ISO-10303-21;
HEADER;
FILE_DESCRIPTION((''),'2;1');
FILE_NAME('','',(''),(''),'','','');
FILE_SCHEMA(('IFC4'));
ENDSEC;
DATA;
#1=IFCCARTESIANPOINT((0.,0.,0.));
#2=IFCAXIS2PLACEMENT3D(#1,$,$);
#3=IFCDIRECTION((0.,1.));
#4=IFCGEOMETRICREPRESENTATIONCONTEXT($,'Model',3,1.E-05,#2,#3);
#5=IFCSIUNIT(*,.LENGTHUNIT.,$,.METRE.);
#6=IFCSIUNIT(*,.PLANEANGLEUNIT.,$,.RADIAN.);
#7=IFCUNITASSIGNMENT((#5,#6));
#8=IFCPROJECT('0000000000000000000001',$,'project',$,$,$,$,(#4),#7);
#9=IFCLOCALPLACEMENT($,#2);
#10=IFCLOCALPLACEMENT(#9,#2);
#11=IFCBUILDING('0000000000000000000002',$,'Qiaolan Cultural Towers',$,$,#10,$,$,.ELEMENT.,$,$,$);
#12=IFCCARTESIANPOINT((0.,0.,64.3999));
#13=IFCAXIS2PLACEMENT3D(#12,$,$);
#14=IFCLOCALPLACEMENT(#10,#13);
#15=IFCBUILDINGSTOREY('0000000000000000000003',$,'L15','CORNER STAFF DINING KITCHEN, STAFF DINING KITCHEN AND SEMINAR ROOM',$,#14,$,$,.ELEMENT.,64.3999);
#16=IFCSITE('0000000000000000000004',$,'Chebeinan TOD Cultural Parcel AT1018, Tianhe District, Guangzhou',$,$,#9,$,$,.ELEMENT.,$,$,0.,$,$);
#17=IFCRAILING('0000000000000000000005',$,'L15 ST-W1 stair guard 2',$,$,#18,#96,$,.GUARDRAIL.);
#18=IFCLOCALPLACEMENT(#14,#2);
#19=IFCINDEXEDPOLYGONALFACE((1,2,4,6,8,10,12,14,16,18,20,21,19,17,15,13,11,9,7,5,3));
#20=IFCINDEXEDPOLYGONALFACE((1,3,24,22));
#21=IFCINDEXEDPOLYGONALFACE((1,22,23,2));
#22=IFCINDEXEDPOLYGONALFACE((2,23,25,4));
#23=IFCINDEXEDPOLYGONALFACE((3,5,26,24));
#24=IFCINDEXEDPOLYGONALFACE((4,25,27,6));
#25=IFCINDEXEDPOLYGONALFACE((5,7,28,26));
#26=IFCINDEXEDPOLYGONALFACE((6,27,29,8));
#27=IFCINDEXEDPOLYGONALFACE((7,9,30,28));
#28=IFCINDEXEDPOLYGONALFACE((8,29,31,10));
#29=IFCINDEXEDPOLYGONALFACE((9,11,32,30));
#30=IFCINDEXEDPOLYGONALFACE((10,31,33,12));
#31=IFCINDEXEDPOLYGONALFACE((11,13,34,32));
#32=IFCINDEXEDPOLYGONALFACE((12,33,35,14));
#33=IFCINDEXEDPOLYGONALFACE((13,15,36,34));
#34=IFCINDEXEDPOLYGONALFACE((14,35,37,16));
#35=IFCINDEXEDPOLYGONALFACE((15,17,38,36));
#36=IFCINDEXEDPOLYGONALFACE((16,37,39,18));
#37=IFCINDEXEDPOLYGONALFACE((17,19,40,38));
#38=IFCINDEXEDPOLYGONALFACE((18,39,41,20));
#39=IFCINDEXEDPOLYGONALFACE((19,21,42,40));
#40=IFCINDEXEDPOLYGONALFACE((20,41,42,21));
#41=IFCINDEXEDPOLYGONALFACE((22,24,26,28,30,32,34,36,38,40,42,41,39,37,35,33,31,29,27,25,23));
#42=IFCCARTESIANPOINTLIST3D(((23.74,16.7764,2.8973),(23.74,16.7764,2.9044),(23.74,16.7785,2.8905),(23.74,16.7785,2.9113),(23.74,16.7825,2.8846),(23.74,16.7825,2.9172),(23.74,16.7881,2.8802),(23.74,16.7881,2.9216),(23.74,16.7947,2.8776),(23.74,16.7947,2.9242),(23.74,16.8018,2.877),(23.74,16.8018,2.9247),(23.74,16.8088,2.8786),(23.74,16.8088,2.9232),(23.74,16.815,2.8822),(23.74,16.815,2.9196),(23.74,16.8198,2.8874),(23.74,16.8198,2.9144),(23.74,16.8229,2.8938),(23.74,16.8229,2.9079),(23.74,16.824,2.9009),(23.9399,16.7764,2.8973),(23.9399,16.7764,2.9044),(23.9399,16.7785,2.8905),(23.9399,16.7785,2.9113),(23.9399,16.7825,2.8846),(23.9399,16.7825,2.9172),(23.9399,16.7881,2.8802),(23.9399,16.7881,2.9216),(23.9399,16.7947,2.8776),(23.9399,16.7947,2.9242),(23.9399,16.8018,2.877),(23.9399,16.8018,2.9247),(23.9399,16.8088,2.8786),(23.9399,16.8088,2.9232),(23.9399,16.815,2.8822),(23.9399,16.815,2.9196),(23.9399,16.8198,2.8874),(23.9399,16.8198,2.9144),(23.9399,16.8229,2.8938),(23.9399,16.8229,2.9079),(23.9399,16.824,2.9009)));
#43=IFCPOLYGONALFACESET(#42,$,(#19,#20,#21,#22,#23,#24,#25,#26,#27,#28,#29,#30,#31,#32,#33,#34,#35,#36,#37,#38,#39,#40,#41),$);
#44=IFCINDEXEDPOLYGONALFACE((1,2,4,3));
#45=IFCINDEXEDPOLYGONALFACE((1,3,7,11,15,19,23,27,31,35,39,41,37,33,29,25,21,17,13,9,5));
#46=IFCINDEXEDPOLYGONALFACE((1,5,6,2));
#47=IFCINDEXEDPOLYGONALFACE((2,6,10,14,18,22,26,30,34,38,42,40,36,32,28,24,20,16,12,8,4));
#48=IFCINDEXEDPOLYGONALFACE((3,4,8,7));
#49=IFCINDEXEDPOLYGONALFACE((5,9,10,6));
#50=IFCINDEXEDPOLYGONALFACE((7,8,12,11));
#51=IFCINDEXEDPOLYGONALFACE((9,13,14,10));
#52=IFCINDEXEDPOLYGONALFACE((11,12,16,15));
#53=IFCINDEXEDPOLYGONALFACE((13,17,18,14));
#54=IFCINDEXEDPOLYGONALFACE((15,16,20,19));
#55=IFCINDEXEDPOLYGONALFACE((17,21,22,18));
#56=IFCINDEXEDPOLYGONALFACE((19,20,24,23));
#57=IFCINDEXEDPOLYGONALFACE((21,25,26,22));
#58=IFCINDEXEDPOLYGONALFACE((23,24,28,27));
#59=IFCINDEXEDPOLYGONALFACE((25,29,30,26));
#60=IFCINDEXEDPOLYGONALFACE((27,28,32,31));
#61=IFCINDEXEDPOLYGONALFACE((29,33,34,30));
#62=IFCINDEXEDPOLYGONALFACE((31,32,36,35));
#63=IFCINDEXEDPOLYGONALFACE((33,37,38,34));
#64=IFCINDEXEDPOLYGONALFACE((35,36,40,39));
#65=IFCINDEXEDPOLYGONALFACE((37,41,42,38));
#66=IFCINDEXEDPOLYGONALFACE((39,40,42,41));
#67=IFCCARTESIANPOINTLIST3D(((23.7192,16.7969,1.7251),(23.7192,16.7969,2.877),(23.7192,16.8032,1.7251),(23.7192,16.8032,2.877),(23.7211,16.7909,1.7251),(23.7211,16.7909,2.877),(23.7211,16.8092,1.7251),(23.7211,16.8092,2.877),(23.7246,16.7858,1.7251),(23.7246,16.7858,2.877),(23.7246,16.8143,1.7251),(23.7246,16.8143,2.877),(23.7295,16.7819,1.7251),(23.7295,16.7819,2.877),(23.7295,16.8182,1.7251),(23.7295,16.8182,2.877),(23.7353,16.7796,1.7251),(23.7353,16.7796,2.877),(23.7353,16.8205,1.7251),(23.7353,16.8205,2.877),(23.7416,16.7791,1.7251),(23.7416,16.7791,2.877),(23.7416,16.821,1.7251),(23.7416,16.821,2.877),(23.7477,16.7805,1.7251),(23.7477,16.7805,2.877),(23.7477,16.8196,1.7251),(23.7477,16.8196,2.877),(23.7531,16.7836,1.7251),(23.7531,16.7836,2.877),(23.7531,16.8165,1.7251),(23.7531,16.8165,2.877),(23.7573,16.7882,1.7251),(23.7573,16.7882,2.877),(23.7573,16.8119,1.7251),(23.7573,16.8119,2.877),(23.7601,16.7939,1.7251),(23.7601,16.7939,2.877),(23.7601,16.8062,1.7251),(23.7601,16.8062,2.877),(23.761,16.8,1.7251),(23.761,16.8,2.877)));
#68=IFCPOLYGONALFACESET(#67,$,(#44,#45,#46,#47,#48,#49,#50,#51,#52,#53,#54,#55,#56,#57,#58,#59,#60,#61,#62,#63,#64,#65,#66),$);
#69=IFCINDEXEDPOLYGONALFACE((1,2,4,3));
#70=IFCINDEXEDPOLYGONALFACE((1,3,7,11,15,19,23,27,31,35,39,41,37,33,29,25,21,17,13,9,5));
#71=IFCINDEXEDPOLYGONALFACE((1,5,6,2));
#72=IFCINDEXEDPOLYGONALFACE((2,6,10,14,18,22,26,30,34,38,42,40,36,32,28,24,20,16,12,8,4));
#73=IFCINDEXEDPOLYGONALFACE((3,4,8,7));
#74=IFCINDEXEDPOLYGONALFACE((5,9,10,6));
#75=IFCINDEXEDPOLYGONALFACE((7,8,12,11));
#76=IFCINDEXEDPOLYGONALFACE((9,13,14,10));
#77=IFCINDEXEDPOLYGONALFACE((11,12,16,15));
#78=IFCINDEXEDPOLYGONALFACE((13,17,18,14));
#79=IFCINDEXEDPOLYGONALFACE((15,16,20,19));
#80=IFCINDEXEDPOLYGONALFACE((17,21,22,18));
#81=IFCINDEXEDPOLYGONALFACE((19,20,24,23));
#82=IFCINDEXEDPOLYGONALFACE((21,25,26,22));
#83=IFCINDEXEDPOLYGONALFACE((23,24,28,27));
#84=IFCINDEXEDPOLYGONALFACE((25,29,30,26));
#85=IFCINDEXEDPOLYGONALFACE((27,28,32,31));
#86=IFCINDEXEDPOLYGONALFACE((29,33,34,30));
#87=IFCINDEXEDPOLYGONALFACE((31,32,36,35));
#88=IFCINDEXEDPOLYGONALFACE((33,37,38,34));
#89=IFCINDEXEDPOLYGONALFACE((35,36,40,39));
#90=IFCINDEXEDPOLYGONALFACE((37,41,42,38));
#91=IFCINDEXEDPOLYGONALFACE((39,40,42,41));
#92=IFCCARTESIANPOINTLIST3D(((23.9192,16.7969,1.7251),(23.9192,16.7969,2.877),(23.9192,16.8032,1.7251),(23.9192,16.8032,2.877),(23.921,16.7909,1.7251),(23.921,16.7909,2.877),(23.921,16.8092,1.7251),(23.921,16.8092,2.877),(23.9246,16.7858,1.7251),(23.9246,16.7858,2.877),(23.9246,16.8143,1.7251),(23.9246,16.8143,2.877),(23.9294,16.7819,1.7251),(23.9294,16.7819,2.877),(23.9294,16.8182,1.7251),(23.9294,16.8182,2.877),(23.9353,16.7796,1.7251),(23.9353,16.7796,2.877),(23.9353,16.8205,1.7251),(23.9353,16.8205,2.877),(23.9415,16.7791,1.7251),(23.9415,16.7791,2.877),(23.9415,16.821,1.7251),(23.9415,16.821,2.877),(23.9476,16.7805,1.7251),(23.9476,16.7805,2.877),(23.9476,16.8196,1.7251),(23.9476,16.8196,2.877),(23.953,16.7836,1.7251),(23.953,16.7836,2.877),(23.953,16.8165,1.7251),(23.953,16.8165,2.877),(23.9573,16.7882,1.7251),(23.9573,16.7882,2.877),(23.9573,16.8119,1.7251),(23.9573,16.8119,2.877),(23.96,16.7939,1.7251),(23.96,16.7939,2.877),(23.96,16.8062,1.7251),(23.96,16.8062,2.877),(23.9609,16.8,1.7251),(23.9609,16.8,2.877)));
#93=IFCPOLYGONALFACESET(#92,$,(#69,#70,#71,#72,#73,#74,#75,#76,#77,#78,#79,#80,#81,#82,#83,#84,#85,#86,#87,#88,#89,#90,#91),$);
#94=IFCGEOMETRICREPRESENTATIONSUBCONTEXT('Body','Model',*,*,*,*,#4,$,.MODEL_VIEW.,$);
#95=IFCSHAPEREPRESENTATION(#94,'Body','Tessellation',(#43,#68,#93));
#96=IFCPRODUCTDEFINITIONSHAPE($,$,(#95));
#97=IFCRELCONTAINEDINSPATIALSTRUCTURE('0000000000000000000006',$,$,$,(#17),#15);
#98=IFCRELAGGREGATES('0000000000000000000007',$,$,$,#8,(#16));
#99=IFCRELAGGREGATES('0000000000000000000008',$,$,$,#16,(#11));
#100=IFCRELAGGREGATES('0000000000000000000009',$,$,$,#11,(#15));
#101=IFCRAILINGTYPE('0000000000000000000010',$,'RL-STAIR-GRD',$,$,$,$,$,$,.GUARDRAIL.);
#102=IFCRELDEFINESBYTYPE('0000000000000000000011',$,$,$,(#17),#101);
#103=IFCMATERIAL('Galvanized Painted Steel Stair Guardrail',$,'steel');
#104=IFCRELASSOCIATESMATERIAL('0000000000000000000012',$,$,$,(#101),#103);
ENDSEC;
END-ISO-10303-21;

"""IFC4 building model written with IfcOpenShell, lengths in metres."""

from ifc_helpers import new_model, si_unit, direction, frame, origin, origin_2d, place, context, subcontext, project, spatial, circle, extrude, material, type_object, element, save


model = new_model("IFC4")

# Units and contexts
model_context = context("Model", 3, precision=1e-05, world=origin(), true_north=direction((0.0, 1.0)))
body_context = subcontext(model_context, "Body", "Model", "MODEL_VIEW")
ifc_project = project(units=[si_unit("LENGTHUNIT", "METRE"), si_unit("PLANEANGLEUNIT", "RADIAN")], contexts=[model_context])

# Site, building, storey
site_placement = place(None, origin())
site = spatial("IfcSite", under=ifc_project, at=site_placement, Name="Chebeinan TOD Cultural Parcel AT1018, Tianhe District, Guangzhou", CompositionType="ELEMENT", RefElevation=0.0)
building_placement = place(site_placement, origin())
building = spatial("IfcBuilding", under=site, at=building_placement, Name="Qiaolan Cultural Towers", CompositionType="ELEMENT")
storey_placement = place(building_placement, frame((0.0, 0.0, 64.3999)))
storey = spatial("IfcBuildingStorey", under=building, at=storey_placement, Name="L15", Description="CORNER STAFF DINING KITCHEN, STAFF DINING KITCHEN AND SEMINAR ROOM", CompositionType="ELEMENT", Elevation=64.3999)

# Railing
ifc_material_1 = material(Name="Galvanized Painted Steel Stair Guardrail", Category="steel")
railing_type_1 = type_object("IfcRailingType", Name="RL-STAIR-GRD", PredefinedType="GUARDRAIL", material=ifc_material_1)
railing_1_placement = place(storey_placement, frame((23.74, 16.8, 1.7251)))
element("IfcRailing", 1, at=railing_1_placement, inside=storey, type_object=railing_type_1, Name="L15 ST-W1 stair guard 2", PredefinedType="GUARDRAIL", context=body_context, shape_type="SweptSolid", body=[
    extrude(circle(Radius=0.0239, at=origin_2d()), frame((0.0, 0.0, 1.1758), z_axis=(1.0, 0.0, 0.0), x_axis=(0.0, 1.0, 0.0)), (0.0, 0.0, 1.0), 0.2),
    extrude(circle(Radius=0.021, at=origin_2d()), origin(), (0.0, 0.0, 1.0), 1.1519),
    extrude(circle(Radius=0.021, at=origin_2d()), frame((0.2, 0.0, 0.0)), (0.0, 0.0, 1.0), 1.1519),
])

save(model, "model.ifc")
